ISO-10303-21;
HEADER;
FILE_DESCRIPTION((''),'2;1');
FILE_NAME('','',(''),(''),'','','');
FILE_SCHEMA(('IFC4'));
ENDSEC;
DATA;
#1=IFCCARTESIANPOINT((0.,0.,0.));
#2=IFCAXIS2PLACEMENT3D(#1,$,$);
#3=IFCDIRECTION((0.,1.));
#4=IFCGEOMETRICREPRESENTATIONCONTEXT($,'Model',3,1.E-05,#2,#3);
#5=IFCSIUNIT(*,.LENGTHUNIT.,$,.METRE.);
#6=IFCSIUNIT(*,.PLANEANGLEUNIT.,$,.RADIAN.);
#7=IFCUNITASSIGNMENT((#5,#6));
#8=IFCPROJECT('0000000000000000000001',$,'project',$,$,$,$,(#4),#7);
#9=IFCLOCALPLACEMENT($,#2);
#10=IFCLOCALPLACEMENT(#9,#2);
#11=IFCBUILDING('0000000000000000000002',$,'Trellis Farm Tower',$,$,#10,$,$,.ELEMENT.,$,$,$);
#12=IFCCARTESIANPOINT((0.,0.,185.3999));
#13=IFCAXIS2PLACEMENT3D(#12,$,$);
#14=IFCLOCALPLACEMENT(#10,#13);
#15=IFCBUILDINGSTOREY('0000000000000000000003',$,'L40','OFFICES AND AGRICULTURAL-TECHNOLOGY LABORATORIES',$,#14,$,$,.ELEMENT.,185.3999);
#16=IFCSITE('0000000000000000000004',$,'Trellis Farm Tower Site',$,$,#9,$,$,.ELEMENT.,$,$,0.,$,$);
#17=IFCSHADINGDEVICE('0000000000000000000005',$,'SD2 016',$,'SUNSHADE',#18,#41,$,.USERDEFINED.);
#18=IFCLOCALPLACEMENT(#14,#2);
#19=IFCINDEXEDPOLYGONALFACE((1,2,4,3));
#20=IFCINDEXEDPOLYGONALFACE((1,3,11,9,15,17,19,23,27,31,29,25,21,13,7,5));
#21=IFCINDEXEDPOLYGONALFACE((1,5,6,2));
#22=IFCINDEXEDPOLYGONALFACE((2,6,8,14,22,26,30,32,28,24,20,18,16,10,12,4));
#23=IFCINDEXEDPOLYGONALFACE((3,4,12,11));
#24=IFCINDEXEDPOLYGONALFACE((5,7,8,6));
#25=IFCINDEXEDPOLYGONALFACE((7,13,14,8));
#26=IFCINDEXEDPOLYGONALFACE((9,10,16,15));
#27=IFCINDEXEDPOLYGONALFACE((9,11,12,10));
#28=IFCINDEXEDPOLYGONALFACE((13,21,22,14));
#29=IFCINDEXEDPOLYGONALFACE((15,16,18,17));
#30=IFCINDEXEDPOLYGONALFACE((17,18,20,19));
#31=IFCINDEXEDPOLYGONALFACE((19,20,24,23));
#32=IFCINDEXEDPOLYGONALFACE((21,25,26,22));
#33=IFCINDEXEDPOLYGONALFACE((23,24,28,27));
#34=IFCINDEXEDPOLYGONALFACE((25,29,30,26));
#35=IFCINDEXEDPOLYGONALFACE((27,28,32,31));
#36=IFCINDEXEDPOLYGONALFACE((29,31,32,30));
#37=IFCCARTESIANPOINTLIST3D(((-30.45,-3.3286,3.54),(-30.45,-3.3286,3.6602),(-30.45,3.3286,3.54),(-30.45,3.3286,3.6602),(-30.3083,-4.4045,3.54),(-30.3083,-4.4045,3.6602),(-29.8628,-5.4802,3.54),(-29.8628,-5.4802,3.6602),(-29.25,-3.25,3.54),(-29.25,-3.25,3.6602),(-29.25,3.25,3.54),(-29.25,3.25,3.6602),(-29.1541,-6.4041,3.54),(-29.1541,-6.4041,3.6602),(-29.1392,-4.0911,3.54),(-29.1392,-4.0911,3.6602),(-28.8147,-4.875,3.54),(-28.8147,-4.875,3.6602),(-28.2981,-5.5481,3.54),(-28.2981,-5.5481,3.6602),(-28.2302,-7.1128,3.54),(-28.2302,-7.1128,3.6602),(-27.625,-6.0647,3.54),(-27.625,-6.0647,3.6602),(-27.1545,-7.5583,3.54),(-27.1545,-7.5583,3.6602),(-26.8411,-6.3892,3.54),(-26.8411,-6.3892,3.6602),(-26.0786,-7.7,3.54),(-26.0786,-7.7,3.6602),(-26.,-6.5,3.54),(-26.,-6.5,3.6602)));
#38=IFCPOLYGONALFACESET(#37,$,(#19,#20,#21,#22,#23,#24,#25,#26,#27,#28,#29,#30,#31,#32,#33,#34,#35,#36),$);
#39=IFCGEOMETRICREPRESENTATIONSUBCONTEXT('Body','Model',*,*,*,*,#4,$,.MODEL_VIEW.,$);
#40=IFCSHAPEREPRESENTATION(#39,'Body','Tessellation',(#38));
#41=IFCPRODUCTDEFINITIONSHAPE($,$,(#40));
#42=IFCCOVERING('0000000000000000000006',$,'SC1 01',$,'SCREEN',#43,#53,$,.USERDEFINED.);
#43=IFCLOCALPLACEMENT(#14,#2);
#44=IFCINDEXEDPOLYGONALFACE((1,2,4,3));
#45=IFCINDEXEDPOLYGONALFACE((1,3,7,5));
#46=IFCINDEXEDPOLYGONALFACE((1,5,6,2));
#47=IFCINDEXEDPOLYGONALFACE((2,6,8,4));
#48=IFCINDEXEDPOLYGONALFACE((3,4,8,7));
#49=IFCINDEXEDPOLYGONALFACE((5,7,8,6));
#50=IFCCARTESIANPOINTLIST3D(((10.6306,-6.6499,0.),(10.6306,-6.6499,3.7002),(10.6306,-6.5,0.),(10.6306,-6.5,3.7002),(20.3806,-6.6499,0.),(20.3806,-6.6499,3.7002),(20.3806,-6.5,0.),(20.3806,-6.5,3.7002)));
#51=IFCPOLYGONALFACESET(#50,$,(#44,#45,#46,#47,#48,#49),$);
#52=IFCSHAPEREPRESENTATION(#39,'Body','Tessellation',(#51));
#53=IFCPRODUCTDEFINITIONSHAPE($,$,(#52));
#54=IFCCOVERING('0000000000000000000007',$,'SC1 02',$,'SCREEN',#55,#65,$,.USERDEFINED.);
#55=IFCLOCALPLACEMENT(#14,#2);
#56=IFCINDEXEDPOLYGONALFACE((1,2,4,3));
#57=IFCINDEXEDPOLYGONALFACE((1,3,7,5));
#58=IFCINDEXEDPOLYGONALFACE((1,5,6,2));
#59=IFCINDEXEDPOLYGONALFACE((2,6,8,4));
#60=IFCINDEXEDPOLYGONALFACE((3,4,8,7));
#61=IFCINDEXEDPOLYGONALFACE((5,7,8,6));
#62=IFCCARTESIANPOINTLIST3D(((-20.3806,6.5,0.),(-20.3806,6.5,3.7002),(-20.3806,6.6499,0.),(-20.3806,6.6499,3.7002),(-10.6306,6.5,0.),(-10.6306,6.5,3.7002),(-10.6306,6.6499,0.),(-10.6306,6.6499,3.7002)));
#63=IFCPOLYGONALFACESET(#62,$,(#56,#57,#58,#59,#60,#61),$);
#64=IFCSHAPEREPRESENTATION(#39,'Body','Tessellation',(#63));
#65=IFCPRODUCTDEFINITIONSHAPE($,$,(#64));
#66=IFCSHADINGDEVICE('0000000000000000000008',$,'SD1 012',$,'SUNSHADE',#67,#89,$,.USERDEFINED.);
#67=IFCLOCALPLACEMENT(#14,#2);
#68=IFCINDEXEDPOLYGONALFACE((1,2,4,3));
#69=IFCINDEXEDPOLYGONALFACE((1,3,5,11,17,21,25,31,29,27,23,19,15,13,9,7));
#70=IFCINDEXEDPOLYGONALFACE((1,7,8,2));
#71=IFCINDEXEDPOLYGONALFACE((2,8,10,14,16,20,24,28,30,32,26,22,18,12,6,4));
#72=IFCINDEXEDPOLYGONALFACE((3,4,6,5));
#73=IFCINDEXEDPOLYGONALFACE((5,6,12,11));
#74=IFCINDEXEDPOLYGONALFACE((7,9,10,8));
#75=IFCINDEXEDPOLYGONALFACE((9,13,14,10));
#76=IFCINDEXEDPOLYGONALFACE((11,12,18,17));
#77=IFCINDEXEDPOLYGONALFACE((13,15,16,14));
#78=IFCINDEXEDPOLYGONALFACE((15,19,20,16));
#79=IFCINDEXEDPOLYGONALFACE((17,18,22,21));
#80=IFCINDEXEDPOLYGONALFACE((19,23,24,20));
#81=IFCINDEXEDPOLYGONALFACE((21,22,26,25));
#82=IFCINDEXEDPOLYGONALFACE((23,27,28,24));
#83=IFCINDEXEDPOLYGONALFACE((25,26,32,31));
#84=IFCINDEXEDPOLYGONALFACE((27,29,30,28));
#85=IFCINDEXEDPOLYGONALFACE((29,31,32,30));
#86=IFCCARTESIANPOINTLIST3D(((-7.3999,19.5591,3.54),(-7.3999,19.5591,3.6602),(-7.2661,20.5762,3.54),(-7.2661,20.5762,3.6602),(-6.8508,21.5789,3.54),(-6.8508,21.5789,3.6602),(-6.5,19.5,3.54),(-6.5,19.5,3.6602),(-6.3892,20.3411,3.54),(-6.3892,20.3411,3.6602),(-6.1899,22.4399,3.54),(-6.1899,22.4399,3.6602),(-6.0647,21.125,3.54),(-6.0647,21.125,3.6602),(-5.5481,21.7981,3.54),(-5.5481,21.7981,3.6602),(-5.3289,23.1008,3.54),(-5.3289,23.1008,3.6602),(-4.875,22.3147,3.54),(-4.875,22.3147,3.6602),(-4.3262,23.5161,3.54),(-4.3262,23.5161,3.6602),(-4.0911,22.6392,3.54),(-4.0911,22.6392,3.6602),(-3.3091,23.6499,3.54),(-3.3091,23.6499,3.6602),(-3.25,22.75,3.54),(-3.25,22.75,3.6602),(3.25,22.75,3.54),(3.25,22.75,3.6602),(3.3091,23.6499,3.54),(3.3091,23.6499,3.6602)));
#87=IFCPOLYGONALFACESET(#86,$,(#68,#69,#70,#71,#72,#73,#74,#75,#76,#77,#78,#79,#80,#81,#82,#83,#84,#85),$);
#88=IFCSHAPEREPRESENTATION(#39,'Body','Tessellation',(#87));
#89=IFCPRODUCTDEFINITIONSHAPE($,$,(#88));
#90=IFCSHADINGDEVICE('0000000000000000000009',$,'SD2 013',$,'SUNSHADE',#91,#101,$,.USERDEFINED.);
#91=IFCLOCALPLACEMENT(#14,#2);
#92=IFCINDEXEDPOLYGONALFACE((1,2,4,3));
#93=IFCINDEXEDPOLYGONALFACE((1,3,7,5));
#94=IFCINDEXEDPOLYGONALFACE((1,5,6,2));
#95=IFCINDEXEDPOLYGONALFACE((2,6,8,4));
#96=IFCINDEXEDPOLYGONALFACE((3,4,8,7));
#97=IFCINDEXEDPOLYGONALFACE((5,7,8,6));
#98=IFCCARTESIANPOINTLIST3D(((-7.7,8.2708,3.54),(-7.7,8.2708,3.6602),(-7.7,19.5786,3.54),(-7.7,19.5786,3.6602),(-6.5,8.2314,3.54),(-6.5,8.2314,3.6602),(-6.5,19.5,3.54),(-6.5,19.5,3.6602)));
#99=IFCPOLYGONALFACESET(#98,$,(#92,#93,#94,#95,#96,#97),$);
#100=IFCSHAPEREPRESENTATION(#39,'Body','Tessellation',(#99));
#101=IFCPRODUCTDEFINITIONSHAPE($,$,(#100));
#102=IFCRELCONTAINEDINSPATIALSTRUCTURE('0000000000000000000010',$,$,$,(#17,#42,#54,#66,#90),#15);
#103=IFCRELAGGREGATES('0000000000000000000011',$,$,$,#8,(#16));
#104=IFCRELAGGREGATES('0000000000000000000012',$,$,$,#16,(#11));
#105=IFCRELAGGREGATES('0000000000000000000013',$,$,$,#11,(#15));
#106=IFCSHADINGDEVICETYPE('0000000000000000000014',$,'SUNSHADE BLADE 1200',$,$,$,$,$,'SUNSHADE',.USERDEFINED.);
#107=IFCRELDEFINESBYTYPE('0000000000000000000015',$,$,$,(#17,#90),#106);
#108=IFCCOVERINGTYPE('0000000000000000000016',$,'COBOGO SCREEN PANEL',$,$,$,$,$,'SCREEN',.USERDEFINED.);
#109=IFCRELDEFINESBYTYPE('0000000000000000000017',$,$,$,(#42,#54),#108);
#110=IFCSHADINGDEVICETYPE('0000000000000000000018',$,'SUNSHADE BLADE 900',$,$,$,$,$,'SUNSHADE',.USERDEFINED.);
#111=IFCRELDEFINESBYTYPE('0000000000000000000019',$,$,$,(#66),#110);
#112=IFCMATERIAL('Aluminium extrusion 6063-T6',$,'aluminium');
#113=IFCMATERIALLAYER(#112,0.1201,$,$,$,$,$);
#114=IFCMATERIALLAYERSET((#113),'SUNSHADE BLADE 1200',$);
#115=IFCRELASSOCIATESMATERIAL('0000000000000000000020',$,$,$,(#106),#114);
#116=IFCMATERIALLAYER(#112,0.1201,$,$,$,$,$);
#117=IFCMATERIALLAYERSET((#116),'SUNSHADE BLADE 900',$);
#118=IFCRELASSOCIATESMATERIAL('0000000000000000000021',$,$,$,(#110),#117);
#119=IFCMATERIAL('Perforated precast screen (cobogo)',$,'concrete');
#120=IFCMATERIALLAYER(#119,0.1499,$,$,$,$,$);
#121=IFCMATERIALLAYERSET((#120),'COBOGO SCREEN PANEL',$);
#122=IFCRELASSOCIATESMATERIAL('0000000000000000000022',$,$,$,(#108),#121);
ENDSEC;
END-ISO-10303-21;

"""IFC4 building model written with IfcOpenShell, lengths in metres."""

from ifc_helpers import new_model, si_unit, direction, frame, origin, place, context, subcontext, project, spatial, polyline, outline, extrude, source, transform, mapped, material, layer, layer_set, type_object, element, save


model = new_model("IFC4")

# Units and contexts
model_context = context("Model", 3, precision=1e-05, world=origin(), true_north=direction((0.0, 1.0)))
body_context = subcontext(model_context, "Body", "Model", "MODEL_VIEW")
ifc_project = project(units=[si_unit("LENGTHUNIT", "METRE"), si_unit("PLANEANGLEUNIT", "RADIAN")], contexts=[model_context])

# Site, building, storey
site_placement = place(None, origin())
site = spatial("IfcSite", under=ifc_project, at=site_placement, Name="Trellis Farm Tower Site", CompositionType="ELEMENT", RefElevation=0.0)
building_placement = place(site_placement, origin())
building = spatial("IfcBuilding", under=site, at=building_placement, Name="Trellis Farm Tower", CompositionType="ELEMENT")
storey_placement = place(building_placement, frame((0.0, 0.0, 185.3999)))
storey = spatial("IfcBuildingStorey", under=building, at=storey_placement, Name="L40", Description="OFFICES AND AGRICULTURAL-TECHNOLOGY LABORATORIES", CompositionType="ELEMENT", Elevation=185.3999)

# Shared definitions
placement_1 = place(storey_placement, origin())
ifc_material_1 = material(Name="Aluminium extrusion 6063-T6", Category="aluminium")

# Shading device
ifc_layer_1 = layer(ifc_material_1, 0.1201)
ifc_layer_set_1 = layer_set([ifc_layer_1], Name="SUNSHADE BLADE 1200")
shading_device_type_1 = type_object("IfcShadingDeviceType", Name="SUNSHADE BLADE 1200", ElementType="SUNSHADE", PredefinedType="USERDEFINED", material=ifc_layer_set_1)
placement_2 = place(storey_placement, frame((0.0, 0.0, 3.54)))
ifc_layer_2 = layer(ifc_material_1, 0.1201)
ifc_layer_set_2 = layer_set([ifc_layer_2], Name="SUNSHADE BLADE 900")
shading_device_type_2 = type_object("IfcShadingDeviceType", Name="SUNSHADE BLADE 900", ElementType="SUNSHADE", PredefinedType="USERDEFINED", material=ifc_layer_set_2)
shared_shape_1 = source(origin(), body_context, "Body", "SweptSolid", [
    extrude(outline(polyline([(-30.45, 3.3286), (-30.45, -3.3286), (-30.3083, -4.4045), (-29.8628, -5.4802), (-29.1541, -6.4041), (-28.2302, -7.1128), (-27.1545, -7.5583), (-26.0786, -7.7), (-26.0, -6.5), (-26.8411, -6.3892), (-27.625, -6.0647), (-28.2981, -5.5481), (-28.8147, -4.875), (-29.1392, -4.0911), (-29.25, -3.25), (-29.25, 3.25), (-30.45, 3.3286)])), origin(), (0.0, 0.0, 1.0), 0.1201),
])
element("IfcShadingDevice", 1, at=placement_2, inside=storey, type_object=shading_device_type_1, Name="SD2 016", ObjectType="SUNSHADE", PredefinedType="USERDEFINED", context=body_context, shape_type="MappedRepresentation", body=[
    mapped(shared_shape_1, transform((0.0, 0.0, 0.0))),
])

# Coverings
ifc_material_2 = material(Name="Perforated precast screen (cobogo)", Category="concrete")
ifc_layer_3 = layer(ifc_material_2, 0.1499)
ifc_layer_set_3 = layer_set([ifc_layer_3], Name="COBOGO SCREEN PANEL")
covering_type = type_object("IfcCoveringType", Name="COBOGO SCREEN PANEL", ElementType="SCREEN", PredefinedType="USERDEFINED", material=ifc_layer_set_3)
shared_shape_2 = source(origin(), body_context, "Body", "SweptSolid", [
    extrude(outline(polyline([(10.6306, -6.6499), (20.3806, -6.6499), (20.3806, -6.5), (10.6306, -6.5), (10.6306, -6.6499)])), origin(), (0.0, 0.0, 1.0), 3.7002),
])
element("IfcCovering", 2, at=placement_1, inside=storey, type_object=covering_type, Name="SC1 01", ObjectType="SCREEN", PredefinedType="USERDEFINED", context=body_context, shape_type="MappedRepresentation", body=[
    mapped(shared_shape_2, transform((0.0, 0.0, 0.0))),
])
shared_shape_3 = source(origin(), body_context, "Body", "SweptSolid", [
    extrude(outline(polyline([(-10.6306, 6.6499), (-20.3806, 6.6499), (-20.3806, 6.5), (-10.6306, 6.5), (-10.6306, 6.6499)])), origin(), (0.0, 0.0, 1.0), 3.7002),
])
element("IfcCovering", 3, at=placement_1, inside=storey, type_object=covering_type, Name="SC1 02", ObjectType="SCREEN", PredefinedType="USERDEFINED", context=body_context, shape_type="MappedRepresentation", body=[
    mapped(shared_shape_3, transform((0.0, 0.0, 0.0))),
])

# Shading devices
shared_shape_4 = source(origin(), body_context, "Body", "SweptSolid", [
    extrude(outline(polyline([(3.3091, 23.6499), (-3.3091, 23.6499), (-4.3262, 23.5161), (-5.3289, 23.1008), (-6.1899, 22.4399), (-6.8508, 21.5789), (-7.2661, 20.5762), (-7.3999, 19.5591), (-6.5, 19.5), (-6.3892, 20.3411), (-6.0647, 21.125), (-5.5481, 21.7981), (-4.875, 22.3147), (-4.0911, 22.6392), (-3.25, 22.75), (3.25, 22.75), (3.3091, 23.6499)])), origin(), (0.0, 0.0, 1.0), 0.1201),
])
element("IfcShadingDevice", 4, at=placement_2, inside=storey, type_object=shading_device_type_2, Name="SD1 012", ObjectType="SUNSHADE", PredefinedType="USERDEFINED", context=body_context, shape_type="MappedRepresentation", body=[
    mapped(shared_shape_4, transform((0.0, 0.0, 0.0))),
])
shared_shape_5 = source(origin(), body_context, "Body", "SweptSolid", [
    extrude(outline(polyline([(-7.7, 19.5786), (-7.7, 8.2708), (-6.5, 8.2314), (-6.5, 19.5), (-7.7, 19.5786)])), origin(), (0.0, 0.0, 1.0), 0.1201),
])
element("IfcShadingDevice", 5, at=placement_2, inside=storey, type_object=shading_device_type_1, Name="SD2 013", ObjectType="SUNSHADE", PredefinedType="USERDEFINED", context=body_context, shape_type="MappedRepresentation", body=[
    mapped(shared_shape_5, transform((0.0, 0.0, 0.0))),
])

save(model, "model.ifc")
